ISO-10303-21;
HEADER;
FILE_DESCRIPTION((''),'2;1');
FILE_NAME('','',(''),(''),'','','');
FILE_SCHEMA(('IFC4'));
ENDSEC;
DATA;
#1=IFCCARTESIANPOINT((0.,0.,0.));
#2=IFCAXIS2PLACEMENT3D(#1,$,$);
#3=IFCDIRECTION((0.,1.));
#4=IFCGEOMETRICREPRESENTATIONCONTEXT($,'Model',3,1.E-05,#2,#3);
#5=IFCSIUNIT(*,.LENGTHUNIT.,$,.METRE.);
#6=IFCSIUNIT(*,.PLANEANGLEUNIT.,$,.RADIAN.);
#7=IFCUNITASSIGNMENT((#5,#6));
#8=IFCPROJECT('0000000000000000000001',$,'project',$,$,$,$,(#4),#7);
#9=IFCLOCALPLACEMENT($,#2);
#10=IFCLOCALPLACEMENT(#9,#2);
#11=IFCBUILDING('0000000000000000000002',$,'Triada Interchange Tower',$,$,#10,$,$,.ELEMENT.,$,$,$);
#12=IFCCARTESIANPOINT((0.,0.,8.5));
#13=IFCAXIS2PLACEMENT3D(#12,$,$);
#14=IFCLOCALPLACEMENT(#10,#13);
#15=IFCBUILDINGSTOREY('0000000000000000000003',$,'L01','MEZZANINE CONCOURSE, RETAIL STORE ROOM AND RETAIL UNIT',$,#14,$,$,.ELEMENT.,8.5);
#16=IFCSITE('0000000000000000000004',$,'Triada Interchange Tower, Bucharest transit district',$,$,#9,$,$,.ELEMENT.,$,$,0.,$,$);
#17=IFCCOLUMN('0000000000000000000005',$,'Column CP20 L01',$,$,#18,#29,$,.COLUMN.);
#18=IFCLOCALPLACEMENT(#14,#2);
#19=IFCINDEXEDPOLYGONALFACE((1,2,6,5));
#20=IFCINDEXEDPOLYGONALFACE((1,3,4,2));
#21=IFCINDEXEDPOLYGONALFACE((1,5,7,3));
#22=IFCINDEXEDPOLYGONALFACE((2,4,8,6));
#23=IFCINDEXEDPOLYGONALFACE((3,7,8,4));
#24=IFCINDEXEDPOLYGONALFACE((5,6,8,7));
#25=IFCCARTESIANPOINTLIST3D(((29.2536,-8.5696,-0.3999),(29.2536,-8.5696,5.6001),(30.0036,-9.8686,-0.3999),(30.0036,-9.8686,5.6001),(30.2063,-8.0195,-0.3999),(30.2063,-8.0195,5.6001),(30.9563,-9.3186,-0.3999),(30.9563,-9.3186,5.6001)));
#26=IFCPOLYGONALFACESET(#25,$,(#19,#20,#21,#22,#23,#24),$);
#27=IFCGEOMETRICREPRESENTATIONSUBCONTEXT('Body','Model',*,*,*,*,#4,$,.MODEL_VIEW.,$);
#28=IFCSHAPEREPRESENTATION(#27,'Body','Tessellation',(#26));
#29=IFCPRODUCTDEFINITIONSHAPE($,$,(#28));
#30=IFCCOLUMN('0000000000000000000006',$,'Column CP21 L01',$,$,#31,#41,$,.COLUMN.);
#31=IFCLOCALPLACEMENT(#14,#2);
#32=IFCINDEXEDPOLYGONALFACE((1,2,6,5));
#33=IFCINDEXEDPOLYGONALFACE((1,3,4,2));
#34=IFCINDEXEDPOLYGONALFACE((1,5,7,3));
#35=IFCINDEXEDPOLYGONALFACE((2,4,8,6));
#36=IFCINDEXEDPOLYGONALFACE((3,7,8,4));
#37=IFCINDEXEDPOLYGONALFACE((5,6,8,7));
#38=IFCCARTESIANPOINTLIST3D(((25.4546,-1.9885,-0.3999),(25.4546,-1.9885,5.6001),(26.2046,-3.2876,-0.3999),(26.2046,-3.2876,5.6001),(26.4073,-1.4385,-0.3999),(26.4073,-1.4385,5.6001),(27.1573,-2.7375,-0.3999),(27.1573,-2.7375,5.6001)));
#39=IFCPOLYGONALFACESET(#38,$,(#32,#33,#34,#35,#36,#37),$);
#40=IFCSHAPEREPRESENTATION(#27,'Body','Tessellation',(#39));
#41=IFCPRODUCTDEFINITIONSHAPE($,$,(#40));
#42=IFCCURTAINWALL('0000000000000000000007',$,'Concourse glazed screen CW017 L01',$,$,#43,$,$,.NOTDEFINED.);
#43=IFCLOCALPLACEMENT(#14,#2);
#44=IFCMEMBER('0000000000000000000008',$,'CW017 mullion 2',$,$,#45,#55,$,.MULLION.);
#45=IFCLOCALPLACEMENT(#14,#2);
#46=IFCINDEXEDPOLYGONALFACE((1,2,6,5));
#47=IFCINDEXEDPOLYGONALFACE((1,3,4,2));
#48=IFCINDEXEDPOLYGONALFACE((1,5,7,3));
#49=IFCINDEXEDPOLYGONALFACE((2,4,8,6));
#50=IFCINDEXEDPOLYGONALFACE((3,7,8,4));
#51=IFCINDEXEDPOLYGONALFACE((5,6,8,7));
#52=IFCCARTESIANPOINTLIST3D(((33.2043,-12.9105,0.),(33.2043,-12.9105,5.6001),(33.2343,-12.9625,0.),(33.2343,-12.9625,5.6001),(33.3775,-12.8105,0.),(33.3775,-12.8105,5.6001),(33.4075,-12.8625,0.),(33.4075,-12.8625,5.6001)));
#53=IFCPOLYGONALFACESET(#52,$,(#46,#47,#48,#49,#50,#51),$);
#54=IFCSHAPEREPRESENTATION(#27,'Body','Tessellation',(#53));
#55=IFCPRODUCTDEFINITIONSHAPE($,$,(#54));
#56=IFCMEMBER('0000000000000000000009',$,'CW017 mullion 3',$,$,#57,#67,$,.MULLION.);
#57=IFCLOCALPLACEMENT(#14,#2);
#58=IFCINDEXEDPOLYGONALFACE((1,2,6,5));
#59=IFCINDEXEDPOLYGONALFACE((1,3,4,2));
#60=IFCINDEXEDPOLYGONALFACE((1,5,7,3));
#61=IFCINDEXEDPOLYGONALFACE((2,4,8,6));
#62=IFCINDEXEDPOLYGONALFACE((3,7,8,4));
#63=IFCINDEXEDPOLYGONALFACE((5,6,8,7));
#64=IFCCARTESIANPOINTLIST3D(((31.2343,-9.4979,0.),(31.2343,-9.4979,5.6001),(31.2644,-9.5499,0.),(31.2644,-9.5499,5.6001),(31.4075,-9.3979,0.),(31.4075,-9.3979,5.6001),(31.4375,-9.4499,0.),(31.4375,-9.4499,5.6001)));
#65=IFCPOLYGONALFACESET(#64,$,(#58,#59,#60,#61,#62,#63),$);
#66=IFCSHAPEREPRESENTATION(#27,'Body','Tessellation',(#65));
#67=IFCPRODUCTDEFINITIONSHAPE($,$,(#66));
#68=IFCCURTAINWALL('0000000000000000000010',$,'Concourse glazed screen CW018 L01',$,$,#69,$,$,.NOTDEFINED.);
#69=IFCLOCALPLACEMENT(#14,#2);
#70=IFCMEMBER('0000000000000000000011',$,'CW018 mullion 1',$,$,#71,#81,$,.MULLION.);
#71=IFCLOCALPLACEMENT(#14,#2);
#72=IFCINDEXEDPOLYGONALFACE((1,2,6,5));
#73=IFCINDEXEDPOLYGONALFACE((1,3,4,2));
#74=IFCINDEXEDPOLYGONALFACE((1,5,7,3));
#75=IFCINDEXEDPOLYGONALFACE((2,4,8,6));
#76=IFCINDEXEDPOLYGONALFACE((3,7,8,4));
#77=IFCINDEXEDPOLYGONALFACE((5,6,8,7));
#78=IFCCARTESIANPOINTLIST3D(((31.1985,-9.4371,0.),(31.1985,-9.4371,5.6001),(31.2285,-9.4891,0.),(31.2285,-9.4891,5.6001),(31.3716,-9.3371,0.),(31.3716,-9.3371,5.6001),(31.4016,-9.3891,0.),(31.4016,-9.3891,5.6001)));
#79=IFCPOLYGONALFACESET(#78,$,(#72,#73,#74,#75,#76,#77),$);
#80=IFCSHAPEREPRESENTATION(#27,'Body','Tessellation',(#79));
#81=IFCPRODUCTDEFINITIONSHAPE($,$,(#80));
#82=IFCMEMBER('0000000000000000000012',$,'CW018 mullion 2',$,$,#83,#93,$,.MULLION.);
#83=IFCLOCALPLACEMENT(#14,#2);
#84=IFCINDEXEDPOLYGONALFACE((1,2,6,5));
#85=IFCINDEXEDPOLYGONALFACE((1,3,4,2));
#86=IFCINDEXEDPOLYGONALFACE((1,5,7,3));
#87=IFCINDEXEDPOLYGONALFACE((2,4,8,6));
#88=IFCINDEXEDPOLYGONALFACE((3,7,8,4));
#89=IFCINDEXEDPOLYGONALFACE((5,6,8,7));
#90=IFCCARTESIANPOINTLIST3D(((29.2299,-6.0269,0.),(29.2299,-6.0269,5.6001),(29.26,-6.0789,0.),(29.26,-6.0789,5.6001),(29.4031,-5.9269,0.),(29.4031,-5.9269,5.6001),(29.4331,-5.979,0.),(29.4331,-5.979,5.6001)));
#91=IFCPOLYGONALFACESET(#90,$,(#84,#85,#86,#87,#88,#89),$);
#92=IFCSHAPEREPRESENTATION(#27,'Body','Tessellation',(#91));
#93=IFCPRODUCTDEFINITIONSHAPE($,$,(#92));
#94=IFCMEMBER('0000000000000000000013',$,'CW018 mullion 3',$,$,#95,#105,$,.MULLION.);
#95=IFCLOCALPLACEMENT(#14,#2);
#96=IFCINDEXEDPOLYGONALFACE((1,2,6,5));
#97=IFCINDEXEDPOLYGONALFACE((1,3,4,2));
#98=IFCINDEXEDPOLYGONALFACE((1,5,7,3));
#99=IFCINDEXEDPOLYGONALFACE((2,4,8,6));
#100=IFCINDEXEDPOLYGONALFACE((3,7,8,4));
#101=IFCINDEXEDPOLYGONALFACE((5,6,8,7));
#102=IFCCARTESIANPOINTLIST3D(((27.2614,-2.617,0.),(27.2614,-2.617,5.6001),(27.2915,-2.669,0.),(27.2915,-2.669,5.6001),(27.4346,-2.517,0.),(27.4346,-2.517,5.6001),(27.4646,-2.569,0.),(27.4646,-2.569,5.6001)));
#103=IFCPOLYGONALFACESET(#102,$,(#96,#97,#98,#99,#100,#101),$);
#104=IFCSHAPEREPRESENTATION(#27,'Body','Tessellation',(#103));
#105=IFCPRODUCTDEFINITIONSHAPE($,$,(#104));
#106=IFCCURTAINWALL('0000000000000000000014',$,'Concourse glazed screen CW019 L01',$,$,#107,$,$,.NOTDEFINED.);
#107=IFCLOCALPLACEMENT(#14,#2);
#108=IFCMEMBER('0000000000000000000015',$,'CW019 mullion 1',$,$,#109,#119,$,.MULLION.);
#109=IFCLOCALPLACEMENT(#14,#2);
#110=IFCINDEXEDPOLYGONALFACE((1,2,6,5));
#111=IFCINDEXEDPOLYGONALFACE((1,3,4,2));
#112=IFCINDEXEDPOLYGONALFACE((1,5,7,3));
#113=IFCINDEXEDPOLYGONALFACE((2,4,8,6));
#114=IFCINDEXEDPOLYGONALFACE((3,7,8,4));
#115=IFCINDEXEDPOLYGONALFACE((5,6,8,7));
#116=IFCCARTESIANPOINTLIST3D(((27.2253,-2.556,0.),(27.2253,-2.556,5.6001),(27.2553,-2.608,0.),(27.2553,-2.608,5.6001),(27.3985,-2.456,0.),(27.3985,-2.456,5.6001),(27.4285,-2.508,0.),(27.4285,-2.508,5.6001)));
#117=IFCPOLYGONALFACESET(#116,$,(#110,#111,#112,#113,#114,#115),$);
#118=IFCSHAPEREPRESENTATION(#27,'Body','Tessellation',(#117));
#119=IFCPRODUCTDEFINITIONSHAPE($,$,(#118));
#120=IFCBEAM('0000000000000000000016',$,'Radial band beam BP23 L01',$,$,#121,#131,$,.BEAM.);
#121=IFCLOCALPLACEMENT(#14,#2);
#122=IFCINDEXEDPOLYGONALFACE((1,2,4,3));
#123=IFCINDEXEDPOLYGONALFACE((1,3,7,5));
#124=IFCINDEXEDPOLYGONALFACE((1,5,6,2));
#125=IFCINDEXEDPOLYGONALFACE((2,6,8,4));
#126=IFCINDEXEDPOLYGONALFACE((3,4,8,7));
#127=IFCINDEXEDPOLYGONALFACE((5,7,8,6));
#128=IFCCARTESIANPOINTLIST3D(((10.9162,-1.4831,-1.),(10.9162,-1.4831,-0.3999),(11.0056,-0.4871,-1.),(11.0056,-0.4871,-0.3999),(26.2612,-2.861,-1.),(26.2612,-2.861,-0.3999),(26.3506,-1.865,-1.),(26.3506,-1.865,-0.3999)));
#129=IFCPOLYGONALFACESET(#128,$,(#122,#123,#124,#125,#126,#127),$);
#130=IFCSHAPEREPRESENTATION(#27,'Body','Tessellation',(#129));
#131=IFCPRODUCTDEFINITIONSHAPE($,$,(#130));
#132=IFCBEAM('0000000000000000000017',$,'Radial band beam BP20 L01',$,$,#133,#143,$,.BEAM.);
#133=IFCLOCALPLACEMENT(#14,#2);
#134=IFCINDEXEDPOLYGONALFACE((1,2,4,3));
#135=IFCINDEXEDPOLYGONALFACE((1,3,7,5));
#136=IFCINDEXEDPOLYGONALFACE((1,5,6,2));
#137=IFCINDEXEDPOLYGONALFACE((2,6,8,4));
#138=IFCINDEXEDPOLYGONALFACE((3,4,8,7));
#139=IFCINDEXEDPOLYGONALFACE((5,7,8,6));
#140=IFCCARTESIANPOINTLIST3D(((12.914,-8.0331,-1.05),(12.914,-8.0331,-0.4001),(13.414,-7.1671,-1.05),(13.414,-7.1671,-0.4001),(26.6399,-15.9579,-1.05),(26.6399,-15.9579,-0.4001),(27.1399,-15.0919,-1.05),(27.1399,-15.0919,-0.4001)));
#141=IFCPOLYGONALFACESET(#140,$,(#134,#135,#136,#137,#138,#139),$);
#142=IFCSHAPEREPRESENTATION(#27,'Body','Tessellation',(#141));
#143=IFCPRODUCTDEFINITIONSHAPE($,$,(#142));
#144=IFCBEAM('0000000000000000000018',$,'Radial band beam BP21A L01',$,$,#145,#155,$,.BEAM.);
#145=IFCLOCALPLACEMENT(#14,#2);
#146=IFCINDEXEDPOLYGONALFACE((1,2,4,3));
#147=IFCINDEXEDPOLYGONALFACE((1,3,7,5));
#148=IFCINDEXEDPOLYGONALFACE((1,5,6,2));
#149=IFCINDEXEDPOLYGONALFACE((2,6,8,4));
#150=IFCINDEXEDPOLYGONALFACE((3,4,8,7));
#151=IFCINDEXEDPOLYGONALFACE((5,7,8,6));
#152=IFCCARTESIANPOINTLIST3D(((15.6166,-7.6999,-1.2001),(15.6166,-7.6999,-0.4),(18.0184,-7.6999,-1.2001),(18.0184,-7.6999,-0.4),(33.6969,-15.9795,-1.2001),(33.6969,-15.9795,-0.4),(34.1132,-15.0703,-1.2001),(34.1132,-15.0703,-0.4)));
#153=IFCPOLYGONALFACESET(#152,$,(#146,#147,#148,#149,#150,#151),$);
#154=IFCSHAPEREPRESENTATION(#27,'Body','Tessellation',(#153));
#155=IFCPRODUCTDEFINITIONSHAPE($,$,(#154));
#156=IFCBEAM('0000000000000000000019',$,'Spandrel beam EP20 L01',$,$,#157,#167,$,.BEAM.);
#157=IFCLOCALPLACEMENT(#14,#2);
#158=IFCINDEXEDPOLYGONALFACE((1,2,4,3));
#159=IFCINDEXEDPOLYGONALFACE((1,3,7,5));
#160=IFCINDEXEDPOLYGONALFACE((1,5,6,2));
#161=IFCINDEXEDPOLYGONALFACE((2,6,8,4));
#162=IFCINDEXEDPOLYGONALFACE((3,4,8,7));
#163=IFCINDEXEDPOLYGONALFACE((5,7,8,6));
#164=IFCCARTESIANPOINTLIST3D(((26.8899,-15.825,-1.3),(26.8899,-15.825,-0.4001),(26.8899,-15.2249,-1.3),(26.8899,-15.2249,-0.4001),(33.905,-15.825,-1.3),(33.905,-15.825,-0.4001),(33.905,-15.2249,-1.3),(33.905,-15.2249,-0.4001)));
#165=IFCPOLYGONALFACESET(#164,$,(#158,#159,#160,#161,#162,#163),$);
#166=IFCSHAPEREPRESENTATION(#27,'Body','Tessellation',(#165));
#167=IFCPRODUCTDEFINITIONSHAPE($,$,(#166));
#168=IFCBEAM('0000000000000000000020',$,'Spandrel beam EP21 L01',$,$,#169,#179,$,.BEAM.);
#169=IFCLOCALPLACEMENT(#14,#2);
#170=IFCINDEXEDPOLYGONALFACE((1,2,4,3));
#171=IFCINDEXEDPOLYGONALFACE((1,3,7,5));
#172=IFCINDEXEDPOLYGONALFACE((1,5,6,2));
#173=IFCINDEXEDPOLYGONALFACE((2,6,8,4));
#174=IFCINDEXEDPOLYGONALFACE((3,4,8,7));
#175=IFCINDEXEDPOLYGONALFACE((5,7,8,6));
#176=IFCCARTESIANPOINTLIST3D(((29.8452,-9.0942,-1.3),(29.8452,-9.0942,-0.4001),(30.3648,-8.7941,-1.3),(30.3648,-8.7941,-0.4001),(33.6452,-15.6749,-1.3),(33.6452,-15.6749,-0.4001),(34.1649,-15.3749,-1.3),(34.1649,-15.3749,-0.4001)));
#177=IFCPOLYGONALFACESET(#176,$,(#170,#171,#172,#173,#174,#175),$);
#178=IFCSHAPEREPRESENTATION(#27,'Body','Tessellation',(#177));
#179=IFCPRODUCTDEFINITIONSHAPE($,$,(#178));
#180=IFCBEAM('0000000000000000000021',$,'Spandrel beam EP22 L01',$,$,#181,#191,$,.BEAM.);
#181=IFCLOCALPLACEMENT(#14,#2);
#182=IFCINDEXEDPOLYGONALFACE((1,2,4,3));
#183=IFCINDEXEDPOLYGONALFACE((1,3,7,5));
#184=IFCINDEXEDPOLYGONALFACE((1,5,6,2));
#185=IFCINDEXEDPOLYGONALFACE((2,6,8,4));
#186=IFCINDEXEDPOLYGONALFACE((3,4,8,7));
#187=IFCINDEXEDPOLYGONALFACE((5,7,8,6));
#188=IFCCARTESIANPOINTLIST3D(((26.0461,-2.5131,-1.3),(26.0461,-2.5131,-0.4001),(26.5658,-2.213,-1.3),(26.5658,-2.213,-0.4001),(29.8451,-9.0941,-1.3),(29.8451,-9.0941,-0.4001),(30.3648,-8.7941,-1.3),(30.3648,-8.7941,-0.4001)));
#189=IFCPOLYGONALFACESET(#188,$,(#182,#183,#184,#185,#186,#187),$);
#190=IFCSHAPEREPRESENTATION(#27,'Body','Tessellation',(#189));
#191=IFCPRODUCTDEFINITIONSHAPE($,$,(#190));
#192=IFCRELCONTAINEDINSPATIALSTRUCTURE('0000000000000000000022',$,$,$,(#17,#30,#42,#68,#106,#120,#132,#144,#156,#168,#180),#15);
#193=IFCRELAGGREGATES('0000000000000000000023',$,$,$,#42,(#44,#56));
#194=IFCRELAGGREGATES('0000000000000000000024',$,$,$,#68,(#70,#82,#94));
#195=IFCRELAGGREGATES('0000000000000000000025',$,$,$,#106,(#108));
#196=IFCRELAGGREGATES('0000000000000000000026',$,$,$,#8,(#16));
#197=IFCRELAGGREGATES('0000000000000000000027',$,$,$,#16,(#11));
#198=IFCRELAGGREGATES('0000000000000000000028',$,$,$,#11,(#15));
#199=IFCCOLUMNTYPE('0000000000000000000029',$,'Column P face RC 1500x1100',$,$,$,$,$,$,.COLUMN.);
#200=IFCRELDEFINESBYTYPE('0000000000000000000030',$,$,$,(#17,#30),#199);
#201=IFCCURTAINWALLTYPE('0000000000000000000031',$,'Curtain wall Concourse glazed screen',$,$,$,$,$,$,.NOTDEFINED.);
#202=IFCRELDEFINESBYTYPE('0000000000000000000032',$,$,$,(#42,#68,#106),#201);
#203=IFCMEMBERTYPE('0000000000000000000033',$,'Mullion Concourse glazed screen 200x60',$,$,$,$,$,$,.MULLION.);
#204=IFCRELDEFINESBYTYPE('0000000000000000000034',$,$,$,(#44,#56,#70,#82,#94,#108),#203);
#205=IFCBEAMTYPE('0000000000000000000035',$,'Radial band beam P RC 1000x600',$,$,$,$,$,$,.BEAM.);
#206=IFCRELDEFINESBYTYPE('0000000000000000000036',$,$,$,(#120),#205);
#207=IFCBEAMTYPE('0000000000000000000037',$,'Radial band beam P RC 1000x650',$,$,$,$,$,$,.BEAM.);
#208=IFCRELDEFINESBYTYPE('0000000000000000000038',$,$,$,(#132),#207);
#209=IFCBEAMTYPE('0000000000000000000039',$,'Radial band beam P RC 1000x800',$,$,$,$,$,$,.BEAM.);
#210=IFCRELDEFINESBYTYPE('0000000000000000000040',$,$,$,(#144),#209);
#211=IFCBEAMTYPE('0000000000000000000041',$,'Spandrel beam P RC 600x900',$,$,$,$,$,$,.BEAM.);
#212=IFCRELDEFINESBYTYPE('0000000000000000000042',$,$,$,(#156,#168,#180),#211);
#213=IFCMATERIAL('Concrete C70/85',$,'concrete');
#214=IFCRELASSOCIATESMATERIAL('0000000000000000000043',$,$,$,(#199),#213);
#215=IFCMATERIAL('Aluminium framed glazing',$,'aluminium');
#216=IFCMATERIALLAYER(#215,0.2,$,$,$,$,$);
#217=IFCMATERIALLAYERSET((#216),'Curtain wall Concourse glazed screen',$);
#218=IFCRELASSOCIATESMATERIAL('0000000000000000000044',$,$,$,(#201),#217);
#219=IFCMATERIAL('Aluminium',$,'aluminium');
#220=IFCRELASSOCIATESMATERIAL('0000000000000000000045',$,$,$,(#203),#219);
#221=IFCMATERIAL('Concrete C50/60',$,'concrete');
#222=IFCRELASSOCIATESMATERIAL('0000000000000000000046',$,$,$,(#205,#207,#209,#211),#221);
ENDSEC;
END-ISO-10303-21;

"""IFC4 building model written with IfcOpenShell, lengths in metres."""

from ifc_helpers import new_model, si_unit, direction, frame, origin, origin_2d, place, context, subcontext, project, spatial, rectangle, extrude, clip, halfspace, material, layer, layer_set, material_profile, profile_set, type_object, element, aggregate, save


model = new_model("IFC4")

# Units and contexts
model_context = context("Model", 3, precision=1e-05, world=origin(), true_north=direction((0.0, 1.0)))
body_context = subcontext(model_context, "Body", "Model", "MODEL_VIEW")
ifc_project = project(units=[si_unit("LENGTHUNIT", "METRE"), si_unit("PLANEANGLEUNIT", "RADIAN")], contexts=[model_context])

# Site, building, storey
site_placement = place(None, origin())
site = spatial("IfcSite", under=ifc_project, at=site_placement, Name="Triada Interchange Tower, Bucharest transit district", CompositionType="ELEMENT", RefElevation=0.0)
building_placement = place(site_placement, origin())
building = spatial("IfcBuilding", under=site, at=building_placement, Name="Triada Interchange Tower", CompositionType="ELEMENT")
storey_placement = place(building_placement, frame((0.0, 0.0, 8.5)))
storey = spatial("IfcBuildingStorey", under=building, at=storey_placement, Name="L01", Description="MEZZANINE CONCOURSE, RETAIL STORE ROOM AND RETAIL UNIT", CompositionType="ELEMENT", Elevation=8.5)

# Columns
ifc_material_1 = material(Name="Concrete C70/85", Category="concrete")
ifc_material_profile_1 = material_profile(ifc_material_1, rectangle(XDim=1.5, YDim=1.1001, at=origin_2d()), Name="RC 1500x1100")
ifc_profile_set_1 = profile_set([ifc_material_profile_1], Name="Concrete C70/85")
column_type = type_object("IfcColumnType", Name="Column P face RC 1500x1100", PredefinedType="COLUMN", material=ifc_profile_set_1)
for number, where, z_axis, x_axis, name in (
    (1, (30.105, -8.9441, -0.3999), (0.0, 0.0, 1.0), (-0.5, 0.866025, 0.0), "Column CP20 L01"),
    (2, (26.3059, -2.363, -0.3999), (0.0, 0.0, 1.0), (-0.5, 0.866025, 0.0), "Column CP21 L01"),
):
    element("IfcColumn", number, at=place(storey_placement, frame(where, z_axis=z_axis, x_axis=x_axis)), inside=storey, type_object=column_type, Name=name, PredefinedType="COLUMN", context=body_context, shape_type="SweptSolid", body=[
        extrude(rectangle(XDim=1.5, YDim=1.1001, at=origin_2d()), origin(), (0.0, 0.0, 1.0), 6.0),
    ])

# Curtain walls, members
ifc_material_2 = material(Name="Aluminium framed glazing", Category="aluminium")
ifc_layer_1 = layer(ifc_material_2, 0.2)
ifc_layer_set_1 = layer_set([ifc_layer_1], Name="Curtain wall Concourse glazed screen")
curtain_wall_type = type_object("IfcCurtainWallType", Name="Curtain wall Concourse glazed screen", PredefinedType="NOTDEFINED", material=ifc_layer_set_1)
curtain_wall_1_placement = place(storey_placement, origin())
curtain_wall_1 = element("IfcCurtainWall", 3, at=curtain_wall_1_placement, inside=storey, type_object=curtain_wall_type, Name="Concourse glazed screen CW017 L01", PredefinedType="NOTDEFINED")
ifc_material_3 = material(Name="Aluminium", Category="aluminium")
ifc_material_profile_2 = material_profile(ifc_material_3, rectangle(XDim=0.2, YDim=0.0601, at=origin_2d()), Name="Aluminium mullion")
ifc_profile_set_2 = profile_set([ifc_material_profile_2], Name="Aluminium")
member_type_1 = type_object("IfcMemberType", Name="Mullion Concourse glazed screen 200x60", PredefinedType="MULLION", material=ifc_profile_set_2)
member_1_placement = place(storey_placement, frame((33.3059, -12.8865, 0.0), z_axis=(0.0, 0.0, 1.0), x_axis=(-0.866049, -0.499959, 0.0)))
member_1 = element("IfcMember", 4, at=member_1_placement, type_object=member_type_1, Name="CW017 mullion 2", PredefinedType="MULLION", context=body_context, shape_type="SweptSolid", body=[
    extrude(rectangle(XDim=0.2, YDim=0.0601, at=origin_2d()), origin(), (0.0, 0.0, 1.0), 5.6001),
])
member_2_placement = place(storey_placement, frame((31.3359, -9.4739, 0.0), z_axis=(0.0, 0.0, 1.0), x_axis=(-0.866049, -0.499959, 0.0)))
member_2 = element("IfcMember", 5, at=member_2_placement, type_object=member_type_1, Name="CW017 mullion 3", PredefinedType="MULLION", context=body_context, shape_type="SweptSolid", body=[
    extrude(rectangle(XDim=0.2, YDim=0.0601, at=origin_2d()), origin(), (0.0, 0.0, 1.0), 5.6001),
])
curtain_wall_2_placement = place(storey_placement, origin())
curtain_wall_2 = element("IfcCurtainWall", 6, at=curtain_wall_2_placement, inside=storey, type_object=curtain_wall_type, Name="Concourse glazed screen CW018 L01", PredefinedType="NOTDEFINED")
member_3_placement = place(storey_placement, frame((31.3, -9.4131, 0.0), z_axis=(0.0, 0.0, 1.0), x_axis=(-0.866055, -0.499948, 0.0)))
member_3 = element("IfcMember", 7, at=member_3_placement, type_object=member_type_1, Name="CW018 mullion 1", PredefinedType="MULLION", context=body_context, shape_type="SweptSolid", body=[
    extrude(rectangle(XDim=0.2, YDim=0.0601, at=origin_2d()), origin(), (0.0, 0.0, 1.0), 5.6001),
])
member_4_placement = place(storey_placement, frame((29.3315, -6.0029, 0.0), z_axis=(0.0, 0.0, 1.0), x_axis=(-0.866055, -0.499948, 0.0)))
member_4 = element("IfcMember", 8, at=member_4_placement, type_object=member_type_1, Name="CW018 mullion 2", PredefinedType="MULLION", context=body_context, shape_type="SweptSolid", body=[
    extrude(rectangle(XDim=0.2, YDim=0.0601, at=origin_2d()), origin(), (0.0, 0.0, 1.0), 5.6001),
])
member_5_placement = place(storey_placement, frame((27.363, -2.593, 0.0), z_axis=(0.0, 0.0, 1.0), x_axis=(-0.866055, -0.499948, 0.0)))
member_5 = element("IfcMember", 9, at=member_5_placement, type_object=member_type_1, Name="CW018 mullion 3", PredefinedType="MULLION", context=body_context, shape_type="SweptSolid", body=[
    extrude(rectangle(XDim=0.2, YDim=0.0601, at=origin_2d()), origin(), (0.0, 0.0, 1.0), 5.6001),
])

# Curtain wall, member
curtain_wall_3_placement = place(storey_placement, origin())
curtain_wall_3 = element("IfcCurtainWall", 10, at=curtain_wall_3_placement, inside=storey, type_object=curtain_wall_type, Name="Concourse glazed screen CW019 L01", PredefinedType="NOTDEFINED")
member_6_placement = place(storey_placement, frame((27.3269, -2.532, 0.0), z_axis=(0.0, 0.0, 1.0), x_axis=(-0.866055, -0.499948, 0.0)))
member_6 = element("IfcMember", 11, at=member_6_placement, type_object=member_type_1, Name="CW019 mullion 1", PredefinedType="MULLION", context=body_context, shape_type="SweptSolid", body=[
    extrude(rectangle(XDim=0.2, YDim=0.0601, at=origin_2d()), origin(), (0.0, 0.0, 1.0), 5.6001),
])

# Beams
ifc_material_4 = material(Name="Concrete C50/60", Category="concrete")
ifc_material_profile_3 = material_profile(ifc_material_4, rectangle(XDim=1.0, YDim=0.6001, at=origin_2d()), Name="RC 1000x600")
ifc_profile_set_3 = profile_set([ifc_material_profile_3], Name="Concrete C50/60")
beam_type_1 = type_object("IfcBeamType", Name="Radial band beam P RC 1000x600", PredefinedType="BEAM", material=ifc_profile_set_3)
beam_1_placement = place(storey_placement, frame((26.3059, -2.363, -0.7), z_axis=(-0.995992, 0.089437, 0.0), x_axis=(-0.089437, -0.995992, 0.0)))
element("IfcBeam", 12, at=beam_1_placement, inside=storey, type_object=beam_type_1, Name="Radial band beam BP23 L01", PredefinedType="BEAM", context=body_context, shape_type="SweptSolid", body=[
    extrude(rectangle(XDim=1.0, YDim=0.6001, at=origin_2d()), origin(), (0.0, 0.0, 1.0), 15.4067),
])
ifc_material_profile_4 = material_profile(ifc_material_4, rectangle(XDim=1.0, YDim=0.6499, at=origin_2d()), Name="RC 1000x650")
ifc_profile_set_4 = profile_set([ifc_material_profile_4], Name="Concrete C50/60")
beam_type_2 = type_object("IfcBeamType", Name="Radial band beam P RC 1000x650", PredefinedType="BEAM", material=ifc_profile_set_4)
beam_2_placement = place(storey_placement, frame((26.8899, -15.5249, -0.7251), z_axis=(-0.86602, 0.500009, 0.0), x_axis=(-0.500009, -0.86602, 0.0)))
element("IfcBeam", 13, at=beam_2_placement, inside=storey, type_object=beam_type_2, Name="Radial band beam BP20 L01", PredefinedType="BEAM", context=body_context, shape_type="SweptSolid", body=[
    extrude(rectangle(XDim=1.0, YDim=0.6499, at=origin_2d()), origin(), (0.0, 0.0, 1.0), 15.8494),
])
ifc_material_profile_5 = material_profile(ifc_material_4, rectangle(XDim=1.0, YDim=0.8, at=origin_2d()), Name="RC 1000x800")
ifc_profile_set_5 = profile_set([ifc_material_profile_5], Name="Concrete C50/60")
beam_type_3 = type_object("IfcBeamType", Name="Radial band beam P RC 1000x800", PredefinedType="BEAM", material=ifc_profile_set_5)
beam_3_placement = place(storey_placement, frame((33.905, -15.5249, -0.8), z_axis=(-0.909201, 0.416358, 0.0), x_axis=(-0.416358, -0.909201, 0.0)))
element("IfcBeam", 14, at=beam_3_placement, inside=storey, type_object=beam_type_3, Name="Radial band beam BP21A L01", PredefinedType="BEAM", context=body_context, shape_type="Clipping", body=[
    clip(extrude(rectangle(XDim=1.0, YDim=0.8, at=origin_2d()), origin(), (0.0, 0.0, 1.0), 20.2949), halfspace(frame((-1.7415, -7.7, 14.9912), z_axis=(-0.909201, 0.0, 0.416358), x_axis=(0.0, 1.0, 0.0)), False)),
])
ifc_material_profile_6 = material_profile(ifc_material_4, rectangle(XDim=0.6001, YDim=0.8999, at=origin_2d()), Name="RC 600x900")
ifc_profile_set_6 = profile_set([ifc_material_profile_6], Name="Concrete C50/60")
beam_type_4 = type_object("IfcBeamType", Name="Spandrel beam P RC 600x900", PredefinedType="BEAM", material=ifc_profile_set_6)
beam_4_placement = place(storey_placement, frame((26.8899, -15.5249, -0.8501), z_axis=(1.0, 0.0, 0.0), x_axis=(0.0, 1.0, 0.0)))
element("IfcBeam", 15, at=beam_4_placement, inside=storey, type_object=beam_type_4, Name="Spandrel beam EP20 L01", PredefinedType="BEAM", context=body_context, shape_type="SweptSolid", body=[
    extrude(rectangle(XDim=0.6001, YDim=0.8999, at=origin_2d()), origin(), (0.0, 0.0, 1.0), 7.0151),
])
beam_5_placement = place(storey_placement, frame((33.905, -15.5249, -0.8501), z_axis=(-0.500061, 0.86599, 0.0), x_axis=(-0.86599, -0.500061, 0.0)))
element("IfcBeam", 16, at=beam_5_placement, inside=storey, type_object=beam_type_4, Name="Spandrel beam EP21 L01", PredefinedType="BEAM", context=body_context, shape_type="SweptSolid", body=[
    extrude(rectangle(XDim=0.6001, YDim=0.8999, at=origin_2d()), origin(), (0.0, 0.0, 1.0), 7.5991),
])
beam_6_placement = place(storey_placement, frame((30.105, -8.9441, -0.8501), z_axis=(-0.499951, 0.866054, 0.0), x_axis=(-0.866054, -0.499951, 0.0)))
element("IfcBeam", 17, at=beam_6_placement, inside=storey, type_object=beam_type_4, Name="Spandrel beam EP22 L01", PredefinedType="BEAM", context=body_context, shape_type="SweptSolid", body=[
    extrude(rectangle(XDim=0.6001, YDim=0.8999, at=origin_2d()), origin(), (0.0, 0.0, 1.0), 7.5989),
])

aggregate(curtain_wall_1, [member_1, member_2])
aggregate(curtain_wall_2, [member_3, member_4, member_5])
aggregate(curtain_wall_3, [member_6])

save(model, "model.ifc")
